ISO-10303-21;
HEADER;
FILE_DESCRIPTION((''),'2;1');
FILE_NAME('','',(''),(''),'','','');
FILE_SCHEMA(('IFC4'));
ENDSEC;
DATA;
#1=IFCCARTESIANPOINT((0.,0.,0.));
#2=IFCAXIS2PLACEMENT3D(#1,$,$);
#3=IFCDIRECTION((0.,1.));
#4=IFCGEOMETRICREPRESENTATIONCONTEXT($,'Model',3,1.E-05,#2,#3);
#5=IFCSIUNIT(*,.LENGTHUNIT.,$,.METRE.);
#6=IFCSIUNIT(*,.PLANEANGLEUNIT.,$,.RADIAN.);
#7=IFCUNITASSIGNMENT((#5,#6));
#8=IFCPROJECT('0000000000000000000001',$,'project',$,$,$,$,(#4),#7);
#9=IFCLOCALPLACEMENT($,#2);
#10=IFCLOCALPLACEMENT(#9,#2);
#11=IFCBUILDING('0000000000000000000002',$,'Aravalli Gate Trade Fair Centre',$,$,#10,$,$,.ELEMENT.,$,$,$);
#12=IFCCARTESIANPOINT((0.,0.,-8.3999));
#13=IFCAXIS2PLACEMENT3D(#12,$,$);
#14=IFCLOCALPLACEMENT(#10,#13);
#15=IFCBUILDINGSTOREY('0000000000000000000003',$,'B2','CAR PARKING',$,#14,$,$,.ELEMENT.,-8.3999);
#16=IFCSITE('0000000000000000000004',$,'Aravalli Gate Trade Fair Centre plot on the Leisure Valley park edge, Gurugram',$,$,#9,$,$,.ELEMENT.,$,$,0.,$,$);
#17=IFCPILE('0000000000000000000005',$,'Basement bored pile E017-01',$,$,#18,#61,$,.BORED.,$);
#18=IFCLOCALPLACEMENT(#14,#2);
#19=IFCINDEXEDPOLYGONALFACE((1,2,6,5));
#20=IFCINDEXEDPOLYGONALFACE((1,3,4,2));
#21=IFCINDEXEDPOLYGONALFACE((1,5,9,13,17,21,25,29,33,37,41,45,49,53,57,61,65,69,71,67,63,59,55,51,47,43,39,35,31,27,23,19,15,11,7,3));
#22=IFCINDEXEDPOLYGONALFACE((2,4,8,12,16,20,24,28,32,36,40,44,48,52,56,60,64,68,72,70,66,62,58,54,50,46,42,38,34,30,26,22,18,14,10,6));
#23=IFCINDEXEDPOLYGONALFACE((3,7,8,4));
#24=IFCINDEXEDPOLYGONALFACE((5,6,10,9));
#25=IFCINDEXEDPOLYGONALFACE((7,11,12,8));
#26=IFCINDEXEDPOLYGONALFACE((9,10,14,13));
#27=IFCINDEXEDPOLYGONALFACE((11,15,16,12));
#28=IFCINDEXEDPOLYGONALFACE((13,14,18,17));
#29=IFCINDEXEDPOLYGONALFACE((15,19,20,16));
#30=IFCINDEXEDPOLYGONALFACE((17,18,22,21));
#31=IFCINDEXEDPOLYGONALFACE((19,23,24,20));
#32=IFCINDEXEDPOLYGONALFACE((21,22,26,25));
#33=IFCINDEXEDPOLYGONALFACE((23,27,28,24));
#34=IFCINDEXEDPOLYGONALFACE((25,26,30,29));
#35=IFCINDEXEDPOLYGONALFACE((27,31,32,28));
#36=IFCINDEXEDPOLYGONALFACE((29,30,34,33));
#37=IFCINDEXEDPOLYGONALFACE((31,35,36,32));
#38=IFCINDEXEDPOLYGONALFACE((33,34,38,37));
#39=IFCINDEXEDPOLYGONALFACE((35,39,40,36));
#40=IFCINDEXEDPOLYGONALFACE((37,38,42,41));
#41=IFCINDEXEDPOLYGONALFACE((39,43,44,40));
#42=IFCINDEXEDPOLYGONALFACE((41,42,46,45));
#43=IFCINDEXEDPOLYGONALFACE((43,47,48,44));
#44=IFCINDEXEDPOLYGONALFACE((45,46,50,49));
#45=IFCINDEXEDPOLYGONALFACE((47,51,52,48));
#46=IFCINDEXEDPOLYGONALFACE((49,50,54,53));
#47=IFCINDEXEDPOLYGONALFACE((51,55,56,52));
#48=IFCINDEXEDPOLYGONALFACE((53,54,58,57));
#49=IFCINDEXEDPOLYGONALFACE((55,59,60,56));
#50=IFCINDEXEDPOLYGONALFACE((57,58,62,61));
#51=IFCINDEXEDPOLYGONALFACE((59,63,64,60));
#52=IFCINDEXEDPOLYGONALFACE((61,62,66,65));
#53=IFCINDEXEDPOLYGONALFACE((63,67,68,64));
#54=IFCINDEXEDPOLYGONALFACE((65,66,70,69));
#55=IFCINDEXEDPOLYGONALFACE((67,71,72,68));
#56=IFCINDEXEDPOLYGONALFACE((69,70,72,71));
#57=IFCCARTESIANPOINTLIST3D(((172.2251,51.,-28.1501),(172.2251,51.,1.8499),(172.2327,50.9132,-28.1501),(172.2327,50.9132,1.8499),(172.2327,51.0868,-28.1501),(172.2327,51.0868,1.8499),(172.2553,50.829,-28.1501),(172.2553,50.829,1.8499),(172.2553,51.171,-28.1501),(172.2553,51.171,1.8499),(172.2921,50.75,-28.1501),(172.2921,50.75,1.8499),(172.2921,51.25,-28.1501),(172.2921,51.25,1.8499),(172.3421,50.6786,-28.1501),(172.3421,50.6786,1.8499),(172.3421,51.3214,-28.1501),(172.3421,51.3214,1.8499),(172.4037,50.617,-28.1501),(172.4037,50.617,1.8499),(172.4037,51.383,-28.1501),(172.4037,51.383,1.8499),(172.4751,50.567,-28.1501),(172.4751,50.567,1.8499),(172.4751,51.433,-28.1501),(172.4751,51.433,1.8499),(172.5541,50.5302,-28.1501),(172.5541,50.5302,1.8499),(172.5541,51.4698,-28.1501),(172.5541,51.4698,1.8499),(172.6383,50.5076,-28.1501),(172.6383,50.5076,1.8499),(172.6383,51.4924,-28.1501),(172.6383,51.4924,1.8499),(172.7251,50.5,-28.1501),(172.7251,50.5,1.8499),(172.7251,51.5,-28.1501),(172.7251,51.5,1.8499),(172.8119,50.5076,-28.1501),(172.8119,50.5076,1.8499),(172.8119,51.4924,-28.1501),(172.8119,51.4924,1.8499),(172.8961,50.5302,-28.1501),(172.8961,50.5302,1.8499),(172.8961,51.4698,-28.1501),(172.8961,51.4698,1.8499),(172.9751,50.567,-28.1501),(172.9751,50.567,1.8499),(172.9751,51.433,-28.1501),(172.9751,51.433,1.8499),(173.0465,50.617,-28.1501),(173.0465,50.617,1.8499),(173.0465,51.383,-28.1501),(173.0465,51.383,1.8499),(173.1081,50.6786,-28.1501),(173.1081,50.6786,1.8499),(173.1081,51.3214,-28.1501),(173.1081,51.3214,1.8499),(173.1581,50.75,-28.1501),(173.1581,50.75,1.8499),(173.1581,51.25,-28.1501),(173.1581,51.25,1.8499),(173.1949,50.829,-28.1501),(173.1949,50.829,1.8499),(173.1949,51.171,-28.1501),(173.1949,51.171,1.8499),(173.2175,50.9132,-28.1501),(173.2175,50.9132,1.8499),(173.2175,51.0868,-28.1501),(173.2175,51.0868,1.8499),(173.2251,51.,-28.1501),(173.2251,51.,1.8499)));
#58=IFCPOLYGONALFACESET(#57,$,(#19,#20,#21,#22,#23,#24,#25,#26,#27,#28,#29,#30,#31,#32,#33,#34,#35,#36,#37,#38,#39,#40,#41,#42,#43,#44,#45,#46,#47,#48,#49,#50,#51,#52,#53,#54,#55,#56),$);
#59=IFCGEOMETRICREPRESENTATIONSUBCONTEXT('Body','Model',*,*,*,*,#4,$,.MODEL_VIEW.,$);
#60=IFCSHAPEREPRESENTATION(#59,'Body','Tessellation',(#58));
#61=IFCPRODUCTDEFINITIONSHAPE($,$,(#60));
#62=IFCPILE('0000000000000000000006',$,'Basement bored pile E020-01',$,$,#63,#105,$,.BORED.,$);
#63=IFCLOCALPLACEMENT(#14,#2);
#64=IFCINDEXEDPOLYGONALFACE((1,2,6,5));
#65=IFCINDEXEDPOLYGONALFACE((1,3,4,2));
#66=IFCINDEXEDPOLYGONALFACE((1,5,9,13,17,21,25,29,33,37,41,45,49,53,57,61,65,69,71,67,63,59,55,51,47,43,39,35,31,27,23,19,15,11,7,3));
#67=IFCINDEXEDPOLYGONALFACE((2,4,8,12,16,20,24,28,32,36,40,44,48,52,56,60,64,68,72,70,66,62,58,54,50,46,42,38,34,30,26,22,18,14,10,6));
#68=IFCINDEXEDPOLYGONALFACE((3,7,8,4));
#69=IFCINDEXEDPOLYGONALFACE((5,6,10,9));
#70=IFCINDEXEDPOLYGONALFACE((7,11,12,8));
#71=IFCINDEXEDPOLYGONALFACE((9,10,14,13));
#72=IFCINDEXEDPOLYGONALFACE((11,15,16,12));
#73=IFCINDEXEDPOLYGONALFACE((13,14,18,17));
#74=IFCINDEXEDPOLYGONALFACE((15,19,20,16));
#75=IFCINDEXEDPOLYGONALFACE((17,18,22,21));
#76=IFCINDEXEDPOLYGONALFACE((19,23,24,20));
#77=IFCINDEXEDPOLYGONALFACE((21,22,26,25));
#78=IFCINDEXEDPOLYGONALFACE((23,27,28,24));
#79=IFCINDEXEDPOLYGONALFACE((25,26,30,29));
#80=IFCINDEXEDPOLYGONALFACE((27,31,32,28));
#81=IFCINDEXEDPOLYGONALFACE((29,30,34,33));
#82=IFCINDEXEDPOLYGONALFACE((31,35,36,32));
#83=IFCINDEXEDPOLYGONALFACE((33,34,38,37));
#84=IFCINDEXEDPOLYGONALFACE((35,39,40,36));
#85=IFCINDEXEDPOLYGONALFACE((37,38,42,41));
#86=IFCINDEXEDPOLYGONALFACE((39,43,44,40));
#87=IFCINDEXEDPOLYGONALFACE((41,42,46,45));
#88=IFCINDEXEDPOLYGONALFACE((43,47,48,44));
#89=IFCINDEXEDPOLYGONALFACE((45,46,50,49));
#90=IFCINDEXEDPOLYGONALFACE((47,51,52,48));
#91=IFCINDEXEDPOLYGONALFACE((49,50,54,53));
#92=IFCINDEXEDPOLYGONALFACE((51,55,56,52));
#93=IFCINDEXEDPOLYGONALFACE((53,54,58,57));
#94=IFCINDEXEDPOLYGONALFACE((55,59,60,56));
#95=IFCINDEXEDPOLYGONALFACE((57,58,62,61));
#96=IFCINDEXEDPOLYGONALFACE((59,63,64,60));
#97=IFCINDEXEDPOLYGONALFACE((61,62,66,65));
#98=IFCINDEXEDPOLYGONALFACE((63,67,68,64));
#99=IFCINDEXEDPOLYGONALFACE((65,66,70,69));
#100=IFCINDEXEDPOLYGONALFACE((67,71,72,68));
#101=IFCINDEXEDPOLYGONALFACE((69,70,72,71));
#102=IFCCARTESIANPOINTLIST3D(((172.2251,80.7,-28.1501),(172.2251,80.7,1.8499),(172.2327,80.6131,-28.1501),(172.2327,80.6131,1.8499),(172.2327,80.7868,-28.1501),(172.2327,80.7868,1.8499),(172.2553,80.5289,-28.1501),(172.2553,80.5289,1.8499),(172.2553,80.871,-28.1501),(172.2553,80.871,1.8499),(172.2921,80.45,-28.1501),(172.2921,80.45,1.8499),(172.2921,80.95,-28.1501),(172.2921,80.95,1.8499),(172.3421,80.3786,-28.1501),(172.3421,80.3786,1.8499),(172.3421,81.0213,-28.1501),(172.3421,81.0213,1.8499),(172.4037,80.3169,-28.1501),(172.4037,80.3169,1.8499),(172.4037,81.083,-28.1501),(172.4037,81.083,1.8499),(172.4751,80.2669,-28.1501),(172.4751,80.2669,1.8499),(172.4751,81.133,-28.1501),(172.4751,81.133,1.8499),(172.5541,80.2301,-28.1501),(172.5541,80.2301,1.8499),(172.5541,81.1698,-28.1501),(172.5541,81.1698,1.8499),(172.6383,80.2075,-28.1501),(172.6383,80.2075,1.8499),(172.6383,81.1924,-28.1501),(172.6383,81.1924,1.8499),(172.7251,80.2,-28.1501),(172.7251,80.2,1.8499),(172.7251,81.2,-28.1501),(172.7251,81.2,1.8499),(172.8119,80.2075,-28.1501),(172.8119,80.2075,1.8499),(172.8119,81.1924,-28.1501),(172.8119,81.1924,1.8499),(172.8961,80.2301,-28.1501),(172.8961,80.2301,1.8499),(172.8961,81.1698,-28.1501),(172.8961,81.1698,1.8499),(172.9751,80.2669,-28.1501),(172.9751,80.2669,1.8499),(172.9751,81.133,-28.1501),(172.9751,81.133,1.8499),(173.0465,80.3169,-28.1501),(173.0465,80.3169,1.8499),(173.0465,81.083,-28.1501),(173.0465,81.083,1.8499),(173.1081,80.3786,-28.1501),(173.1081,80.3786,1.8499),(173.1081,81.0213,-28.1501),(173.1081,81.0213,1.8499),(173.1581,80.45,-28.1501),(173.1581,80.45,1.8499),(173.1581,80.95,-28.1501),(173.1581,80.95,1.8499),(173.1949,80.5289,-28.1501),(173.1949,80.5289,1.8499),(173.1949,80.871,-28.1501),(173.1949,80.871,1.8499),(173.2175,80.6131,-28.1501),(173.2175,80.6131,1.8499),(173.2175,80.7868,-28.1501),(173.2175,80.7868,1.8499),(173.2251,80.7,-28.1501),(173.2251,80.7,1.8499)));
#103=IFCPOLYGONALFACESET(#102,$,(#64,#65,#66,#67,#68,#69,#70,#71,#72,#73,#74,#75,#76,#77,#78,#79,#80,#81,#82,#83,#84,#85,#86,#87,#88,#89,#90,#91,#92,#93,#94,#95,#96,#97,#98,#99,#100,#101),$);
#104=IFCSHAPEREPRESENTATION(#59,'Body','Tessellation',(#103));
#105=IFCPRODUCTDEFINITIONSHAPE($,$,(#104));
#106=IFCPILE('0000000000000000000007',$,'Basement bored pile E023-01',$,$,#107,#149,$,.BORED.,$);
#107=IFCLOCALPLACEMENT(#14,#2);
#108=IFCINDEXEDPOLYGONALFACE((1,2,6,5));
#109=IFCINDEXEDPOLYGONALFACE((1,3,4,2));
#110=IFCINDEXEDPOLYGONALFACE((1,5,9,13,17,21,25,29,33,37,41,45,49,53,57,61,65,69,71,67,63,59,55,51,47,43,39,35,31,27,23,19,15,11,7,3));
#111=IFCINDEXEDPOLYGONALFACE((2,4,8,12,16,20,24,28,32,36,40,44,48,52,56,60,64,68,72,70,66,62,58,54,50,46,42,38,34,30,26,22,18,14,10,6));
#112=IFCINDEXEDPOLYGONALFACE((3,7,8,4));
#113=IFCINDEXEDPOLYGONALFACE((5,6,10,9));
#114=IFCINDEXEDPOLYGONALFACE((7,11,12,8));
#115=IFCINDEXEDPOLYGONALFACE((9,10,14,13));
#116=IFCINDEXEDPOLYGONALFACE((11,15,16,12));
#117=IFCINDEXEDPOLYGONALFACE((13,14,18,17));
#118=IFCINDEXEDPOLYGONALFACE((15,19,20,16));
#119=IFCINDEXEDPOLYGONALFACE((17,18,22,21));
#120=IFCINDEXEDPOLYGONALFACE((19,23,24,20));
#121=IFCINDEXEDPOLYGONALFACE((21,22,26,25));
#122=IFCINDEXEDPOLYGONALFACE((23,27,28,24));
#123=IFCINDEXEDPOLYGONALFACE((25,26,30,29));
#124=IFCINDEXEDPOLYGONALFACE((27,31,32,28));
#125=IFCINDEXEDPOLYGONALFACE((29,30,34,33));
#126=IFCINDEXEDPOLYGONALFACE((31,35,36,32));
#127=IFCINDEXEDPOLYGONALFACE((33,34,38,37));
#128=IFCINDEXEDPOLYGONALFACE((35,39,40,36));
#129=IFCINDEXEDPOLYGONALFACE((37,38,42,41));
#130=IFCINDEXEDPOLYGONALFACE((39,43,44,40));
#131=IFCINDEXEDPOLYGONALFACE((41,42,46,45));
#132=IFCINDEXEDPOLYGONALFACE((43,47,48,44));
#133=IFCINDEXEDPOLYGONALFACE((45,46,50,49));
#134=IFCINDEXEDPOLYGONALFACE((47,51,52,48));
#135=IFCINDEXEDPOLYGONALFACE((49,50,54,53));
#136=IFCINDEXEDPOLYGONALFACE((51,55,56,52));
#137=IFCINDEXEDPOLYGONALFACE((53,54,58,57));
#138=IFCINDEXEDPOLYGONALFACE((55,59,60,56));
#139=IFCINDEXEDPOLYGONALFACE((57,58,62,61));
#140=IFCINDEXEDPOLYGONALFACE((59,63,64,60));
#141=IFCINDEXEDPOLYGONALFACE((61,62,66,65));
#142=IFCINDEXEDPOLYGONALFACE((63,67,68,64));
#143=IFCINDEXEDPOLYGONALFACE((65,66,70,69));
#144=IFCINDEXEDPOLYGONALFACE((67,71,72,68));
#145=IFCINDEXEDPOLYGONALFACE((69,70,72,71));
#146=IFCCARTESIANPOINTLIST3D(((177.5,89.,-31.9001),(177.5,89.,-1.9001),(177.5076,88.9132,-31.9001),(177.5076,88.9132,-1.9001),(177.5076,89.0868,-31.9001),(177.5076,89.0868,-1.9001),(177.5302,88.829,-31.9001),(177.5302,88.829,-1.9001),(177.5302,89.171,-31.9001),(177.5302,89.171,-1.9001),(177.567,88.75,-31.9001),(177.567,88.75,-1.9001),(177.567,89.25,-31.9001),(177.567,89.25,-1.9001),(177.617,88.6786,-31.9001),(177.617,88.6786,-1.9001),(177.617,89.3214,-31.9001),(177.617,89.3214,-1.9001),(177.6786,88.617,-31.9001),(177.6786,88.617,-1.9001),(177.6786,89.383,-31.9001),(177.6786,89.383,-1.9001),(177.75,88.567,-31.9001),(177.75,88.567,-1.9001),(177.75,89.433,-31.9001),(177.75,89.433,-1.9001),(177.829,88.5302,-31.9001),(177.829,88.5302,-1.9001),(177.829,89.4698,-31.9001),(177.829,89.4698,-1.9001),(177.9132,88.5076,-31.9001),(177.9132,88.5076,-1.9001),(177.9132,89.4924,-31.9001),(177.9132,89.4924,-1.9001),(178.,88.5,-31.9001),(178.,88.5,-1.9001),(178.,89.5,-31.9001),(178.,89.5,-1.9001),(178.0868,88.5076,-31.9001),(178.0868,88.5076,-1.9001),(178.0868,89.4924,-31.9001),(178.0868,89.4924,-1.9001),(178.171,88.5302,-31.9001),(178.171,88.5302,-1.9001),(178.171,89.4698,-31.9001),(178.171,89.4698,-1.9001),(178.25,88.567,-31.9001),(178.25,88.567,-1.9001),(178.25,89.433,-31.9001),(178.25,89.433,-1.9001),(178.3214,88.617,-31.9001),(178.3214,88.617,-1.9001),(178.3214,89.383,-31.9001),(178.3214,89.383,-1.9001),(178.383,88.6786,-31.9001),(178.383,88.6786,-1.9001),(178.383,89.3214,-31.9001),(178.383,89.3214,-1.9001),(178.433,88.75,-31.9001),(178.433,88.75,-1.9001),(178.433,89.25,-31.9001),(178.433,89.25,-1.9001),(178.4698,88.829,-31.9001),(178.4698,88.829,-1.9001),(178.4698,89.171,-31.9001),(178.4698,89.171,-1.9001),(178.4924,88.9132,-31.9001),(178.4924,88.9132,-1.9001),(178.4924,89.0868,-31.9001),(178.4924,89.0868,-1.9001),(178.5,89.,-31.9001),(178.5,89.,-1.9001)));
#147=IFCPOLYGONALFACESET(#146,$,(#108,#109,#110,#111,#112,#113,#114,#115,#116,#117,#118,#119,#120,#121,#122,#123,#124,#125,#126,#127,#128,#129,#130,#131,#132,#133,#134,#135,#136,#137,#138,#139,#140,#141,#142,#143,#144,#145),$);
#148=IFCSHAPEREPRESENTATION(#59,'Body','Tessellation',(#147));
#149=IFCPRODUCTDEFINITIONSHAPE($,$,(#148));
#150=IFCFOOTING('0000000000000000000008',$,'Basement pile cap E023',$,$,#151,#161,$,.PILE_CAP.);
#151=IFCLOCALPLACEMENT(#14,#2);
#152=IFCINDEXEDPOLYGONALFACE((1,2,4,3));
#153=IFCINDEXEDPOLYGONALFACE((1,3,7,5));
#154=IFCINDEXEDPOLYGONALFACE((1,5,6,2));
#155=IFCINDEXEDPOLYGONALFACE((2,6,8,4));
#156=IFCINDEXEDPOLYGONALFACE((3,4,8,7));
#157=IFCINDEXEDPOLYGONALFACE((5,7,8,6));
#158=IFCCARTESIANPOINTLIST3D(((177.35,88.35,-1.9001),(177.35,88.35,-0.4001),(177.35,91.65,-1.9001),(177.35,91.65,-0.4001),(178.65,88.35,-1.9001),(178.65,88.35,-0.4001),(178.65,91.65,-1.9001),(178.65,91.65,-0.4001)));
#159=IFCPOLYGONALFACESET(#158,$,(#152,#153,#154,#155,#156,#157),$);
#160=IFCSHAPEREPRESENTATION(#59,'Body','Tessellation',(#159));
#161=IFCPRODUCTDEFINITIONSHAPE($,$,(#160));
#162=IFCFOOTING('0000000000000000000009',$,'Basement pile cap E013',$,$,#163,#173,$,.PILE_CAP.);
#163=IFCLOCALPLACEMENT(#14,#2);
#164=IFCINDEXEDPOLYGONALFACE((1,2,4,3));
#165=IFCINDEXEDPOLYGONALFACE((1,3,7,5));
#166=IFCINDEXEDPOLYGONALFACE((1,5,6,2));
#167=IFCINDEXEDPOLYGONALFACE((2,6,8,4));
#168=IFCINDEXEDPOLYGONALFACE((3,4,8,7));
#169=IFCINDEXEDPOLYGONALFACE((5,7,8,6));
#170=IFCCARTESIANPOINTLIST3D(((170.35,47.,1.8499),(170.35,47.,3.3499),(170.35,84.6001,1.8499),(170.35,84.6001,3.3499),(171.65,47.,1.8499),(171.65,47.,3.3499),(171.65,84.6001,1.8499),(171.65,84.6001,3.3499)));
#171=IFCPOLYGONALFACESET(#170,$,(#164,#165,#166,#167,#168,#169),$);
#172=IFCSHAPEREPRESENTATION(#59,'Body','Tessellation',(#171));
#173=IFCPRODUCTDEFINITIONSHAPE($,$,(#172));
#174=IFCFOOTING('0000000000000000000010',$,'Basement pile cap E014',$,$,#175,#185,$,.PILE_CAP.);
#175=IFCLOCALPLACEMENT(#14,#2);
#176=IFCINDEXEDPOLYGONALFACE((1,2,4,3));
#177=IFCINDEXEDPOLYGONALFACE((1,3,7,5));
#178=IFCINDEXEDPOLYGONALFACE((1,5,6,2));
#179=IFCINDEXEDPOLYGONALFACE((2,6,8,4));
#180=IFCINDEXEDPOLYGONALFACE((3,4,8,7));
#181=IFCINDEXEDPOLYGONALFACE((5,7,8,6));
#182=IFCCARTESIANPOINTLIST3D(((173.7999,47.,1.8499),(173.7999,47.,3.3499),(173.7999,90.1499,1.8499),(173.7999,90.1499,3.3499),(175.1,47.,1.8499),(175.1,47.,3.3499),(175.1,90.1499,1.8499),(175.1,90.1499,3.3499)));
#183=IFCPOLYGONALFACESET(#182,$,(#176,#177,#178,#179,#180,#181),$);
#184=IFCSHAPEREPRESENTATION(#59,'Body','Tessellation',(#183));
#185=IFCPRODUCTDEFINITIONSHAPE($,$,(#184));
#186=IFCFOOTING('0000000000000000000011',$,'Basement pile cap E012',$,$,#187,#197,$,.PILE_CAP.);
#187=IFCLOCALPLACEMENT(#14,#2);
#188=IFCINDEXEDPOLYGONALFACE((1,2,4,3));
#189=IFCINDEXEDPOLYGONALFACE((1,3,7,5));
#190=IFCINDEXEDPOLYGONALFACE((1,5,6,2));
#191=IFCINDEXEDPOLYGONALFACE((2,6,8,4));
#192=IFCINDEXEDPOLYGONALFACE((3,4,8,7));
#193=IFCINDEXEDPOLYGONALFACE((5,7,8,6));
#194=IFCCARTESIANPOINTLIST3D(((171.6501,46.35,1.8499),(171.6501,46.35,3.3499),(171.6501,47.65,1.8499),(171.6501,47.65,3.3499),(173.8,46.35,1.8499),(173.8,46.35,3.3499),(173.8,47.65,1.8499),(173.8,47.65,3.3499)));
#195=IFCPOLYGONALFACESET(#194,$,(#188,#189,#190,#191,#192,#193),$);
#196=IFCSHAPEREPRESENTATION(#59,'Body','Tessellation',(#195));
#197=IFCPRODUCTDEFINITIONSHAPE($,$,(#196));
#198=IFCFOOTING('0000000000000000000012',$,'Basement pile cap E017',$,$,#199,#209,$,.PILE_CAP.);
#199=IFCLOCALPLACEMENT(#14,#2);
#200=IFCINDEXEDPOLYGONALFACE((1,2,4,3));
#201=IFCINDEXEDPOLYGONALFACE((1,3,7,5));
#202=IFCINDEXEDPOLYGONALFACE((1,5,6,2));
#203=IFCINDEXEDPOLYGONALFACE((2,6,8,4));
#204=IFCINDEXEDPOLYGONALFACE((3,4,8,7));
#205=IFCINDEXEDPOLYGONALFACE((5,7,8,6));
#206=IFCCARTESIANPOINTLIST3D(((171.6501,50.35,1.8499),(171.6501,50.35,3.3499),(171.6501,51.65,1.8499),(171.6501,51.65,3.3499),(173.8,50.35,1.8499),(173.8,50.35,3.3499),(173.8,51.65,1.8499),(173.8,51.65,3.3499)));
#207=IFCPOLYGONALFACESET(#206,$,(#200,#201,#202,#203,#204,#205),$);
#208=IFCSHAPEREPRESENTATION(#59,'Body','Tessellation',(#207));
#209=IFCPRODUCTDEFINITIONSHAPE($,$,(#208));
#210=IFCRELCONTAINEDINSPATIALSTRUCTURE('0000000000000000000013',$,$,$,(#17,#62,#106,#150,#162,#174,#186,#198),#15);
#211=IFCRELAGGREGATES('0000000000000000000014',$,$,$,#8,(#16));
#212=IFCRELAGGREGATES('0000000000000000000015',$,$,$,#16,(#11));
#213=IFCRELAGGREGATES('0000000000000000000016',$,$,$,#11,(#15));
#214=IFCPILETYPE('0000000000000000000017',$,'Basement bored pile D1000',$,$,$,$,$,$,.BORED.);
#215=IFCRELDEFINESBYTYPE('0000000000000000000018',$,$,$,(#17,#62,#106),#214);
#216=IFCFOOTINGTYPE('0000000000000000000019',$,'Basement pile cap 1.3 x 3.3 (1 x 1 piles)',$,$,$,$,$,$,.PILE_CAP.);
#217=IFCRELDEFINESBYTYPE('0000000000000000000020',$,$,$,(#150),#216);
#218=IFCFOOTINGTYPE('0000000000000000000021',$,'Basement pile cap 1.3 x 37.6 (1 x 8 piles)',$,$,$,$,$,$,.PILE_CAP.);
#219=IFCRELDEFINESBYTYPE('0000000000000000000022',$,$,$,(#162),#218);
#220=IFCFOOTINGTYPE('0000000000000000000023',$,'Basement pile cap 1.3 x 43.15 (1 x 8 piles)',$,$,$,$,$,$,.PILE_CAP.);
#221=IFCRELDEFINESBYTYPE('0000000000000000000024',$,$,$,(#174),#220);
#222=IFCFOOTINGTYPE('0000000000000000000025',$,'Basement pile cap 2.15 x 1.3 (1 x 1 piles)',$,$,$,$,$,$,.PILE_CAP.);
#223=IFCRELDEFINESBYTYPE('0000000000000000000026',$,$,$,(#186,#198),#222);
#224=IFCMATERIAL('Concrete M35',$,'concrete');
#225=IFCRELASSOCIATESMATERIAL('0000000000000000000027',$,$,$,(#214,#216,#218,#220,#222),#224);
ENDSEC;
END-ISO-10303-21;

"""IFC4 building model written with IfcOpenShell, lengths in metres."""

from ifc_helpers import new_model, si_unit, direction, frame, origin, origin_2d, place, context, subcontext, project, spatial, rectangle, circle, extrude, material, material_profile, profile_set, type_object, element, save


model = new_model("IFC4")

# Units and contexts
model_context = context("Model", 3, precision=1e-05, world=origin(), true_north=direction((0.0, 1.0)))
body_context = subcontext(model_context, "Body", "Model", "MODEL_VIEW")
ifc_project = project(units=[si_unit("LENGTHUNIT", "METRE"), si_unit("PLANEANGLEUNIT", "RADIAN")], contexts=[model_context])

# Site, building, storey
site_placement = place(None, origin())
site = spatial("IfcSite", under=ifc_project, at=site_placement, Name="Aravalli Gate Trade Fair Centre plot on the Leisure Valley park edge, Gurugram", CompositionType="ELEMENT", RefElevation=0.0)
building_placement = place(site_placement, origin())
building = spatial("IfcBuilding", under=site, at=building_placement, Name="Aravalli Gate Trade Fair Centre", CompositionType="ELEMENT")
storey_placement = place(building_placement, frame((0.0, 0.0, -8.3999)))
storey = spatial("IfcBuildingStorey", under=building, at=storey_placement, Name="B2", Description="CAR PARKING", CompositionType="ELEMENT", Elevation=-8.3999)

# Piles
ifc_material = material(Name="Concrete M35", Category="concrete")
ifc_material_profile = material_profile(ifc_material, circle(Radius=0.5, at=origin_2d()), Name="D1000")
ifc_profile_set = profile_set([ifc_material_profile], Name="Concrete M35")
pile_type = type_object("IfcPileType", Name="Basement bored pile D1000", PredefinedType="BORED", material=ifc_profile_set)
for number, where, z_axis, x_axis, name in (
    (1, (172.7251, 51.0, 1.8499), (0.0, 0.0, -1.0), (1.0, 0.0, 0.0), "Basement bored pile E017-01"),
    (2, (172.7251, 80.7, 1.8499), (0.0, 0.0, -1.0), (1.0, 0.0, 0.0), "Basement bored pile E020-01"),
    (3, (178.0, 89.0, -1.9001), (0.0, 0.0, -1.0), (1.0, 0.0, 0.0), "Basement bored pile E023-01"),
):
    element("IfcPile", number, at=place(storey_placement, frame(where, z_axis=z_axis, x_axis=x_axis)), inside=storey, type_object=pile_type, Name=name, PredefinedType="BORED", context=body_context, shape_type="SweptSolid", body=[
        extrude(circle(Radius=0.5, at=origin_2d()), origin(), (0.0, 0.0, 1.0), 30.0),
    ])

# Footings
footing_type_1 = type_object("IfcFootingType", Name="Basement pile cap 1.3 x 3.3 (1 x 1 piles)", PredefinedType="PILE_CAP", material=ifc_material)
footing_1_placement = place(storey_placement, frame((178.0, 90.0, -1.9001), z_axis=(0.0, 0.0, 1.0), x_axis=(1.0, 0.0, 0.0)))
element("IfcFooting", 4, at=footing_1_placement, inside=storey, type_object=footing_type_1, Name="Basement pile cap E023", PredefinedType="PILE_CAP", context=body_context, shape_type="SweptSolid", body=[
    extrude(rectangle(XDim=1.3, YDim=3.3, at=origin_2d()), origin(), (0.0, 0.0, 1.0), 1.5),
])
footing_type_2 = type_object("IfcFootingType", Name="Basement pile cap 1.3 x 37.6 (1 x 8 piles)", PredefinedType="PILE_CAP", material=ifc_material)
footing_2_placement = place(storey_placement, frame((171.0, 65.8, 1.8499), z_axis=(0.0, 0.0, 1.0), x_axis=(1.0, 0.0, 0.0)))
element("IfcFooting", 5, at=footing_2_placement, inside=storey, type_object=footing_type_2, Name="Basement pile cap E013", PredefinedType="PILE_CAP", context=body_context, shape_type="SweptSolid", body=[
    extrude(rectangle(XDim=1.3, YDim=37.6001, at=origin_2d()), origin(), (0.0, 0.0, 1.0), 1.5),
])
footing_type_3 = type_object("IfcFootingType", Name="Basement pile cap 1.3 x 43.15 (1 x 8 piles)", PredefinedType="PILE_CAP", material=ifc_material)
footing_3_placement = place(storey_placement, frame((174.45, 68.575, 1.8499), z_axis=(0.0, 0.0, 1.0), x_axis=(1.0, 0.0, 0.0)))
element("IfcFooting", 6, at=footing_3_placement, inside=storey, type_object=footing_type_3, Name="Basement pile cap E014", PredefinedType="PILE_CAP", context=body_context, shape_type="SweptSolid", body=[
    extrude(rectangle(XDim=1.3, YDim=43.1499, at=origin_2d()), origin(), (0.0, 0.0, 1.0), 1.5),
])
footing_type_4 = type_object("IfcFootingType", Name="Basement pile cap 2.15 x 1.3 (1 x 1 piles)", PredefinedType="PILE_CAP", material=ifc_material)
for number, where, z_axis, x_axis, name in (
    (7, (172.7251, 47.0, 1.8499), (0.0, 0.0, 1.0), (1.0, 0.0, 0.0), "Basement pile cap E012"),
    (8, (172.7251, 51.0, 1.8499), (0.0, 0.0, 1.0), (1.0, 0.0, 0.0), "Basement pile cap E017"),
):
    element("IfcFooting", number, at=place(storey_placement, frame(where, z_axis=z_axis, x_axis=x_axis)), inside=storey, type_object=footing_type_4, Name=name, PredefinedType="PILE_CAP", context=body_context, shape_type="SweptSolid", body=[
        extrude(rectangle(XDim=2.1499, YDim=1.3, at=origin_2d()), origin(), (0.0, 0.0, 1.0), 1.5),
    ])

save(model, "model.ifc")
